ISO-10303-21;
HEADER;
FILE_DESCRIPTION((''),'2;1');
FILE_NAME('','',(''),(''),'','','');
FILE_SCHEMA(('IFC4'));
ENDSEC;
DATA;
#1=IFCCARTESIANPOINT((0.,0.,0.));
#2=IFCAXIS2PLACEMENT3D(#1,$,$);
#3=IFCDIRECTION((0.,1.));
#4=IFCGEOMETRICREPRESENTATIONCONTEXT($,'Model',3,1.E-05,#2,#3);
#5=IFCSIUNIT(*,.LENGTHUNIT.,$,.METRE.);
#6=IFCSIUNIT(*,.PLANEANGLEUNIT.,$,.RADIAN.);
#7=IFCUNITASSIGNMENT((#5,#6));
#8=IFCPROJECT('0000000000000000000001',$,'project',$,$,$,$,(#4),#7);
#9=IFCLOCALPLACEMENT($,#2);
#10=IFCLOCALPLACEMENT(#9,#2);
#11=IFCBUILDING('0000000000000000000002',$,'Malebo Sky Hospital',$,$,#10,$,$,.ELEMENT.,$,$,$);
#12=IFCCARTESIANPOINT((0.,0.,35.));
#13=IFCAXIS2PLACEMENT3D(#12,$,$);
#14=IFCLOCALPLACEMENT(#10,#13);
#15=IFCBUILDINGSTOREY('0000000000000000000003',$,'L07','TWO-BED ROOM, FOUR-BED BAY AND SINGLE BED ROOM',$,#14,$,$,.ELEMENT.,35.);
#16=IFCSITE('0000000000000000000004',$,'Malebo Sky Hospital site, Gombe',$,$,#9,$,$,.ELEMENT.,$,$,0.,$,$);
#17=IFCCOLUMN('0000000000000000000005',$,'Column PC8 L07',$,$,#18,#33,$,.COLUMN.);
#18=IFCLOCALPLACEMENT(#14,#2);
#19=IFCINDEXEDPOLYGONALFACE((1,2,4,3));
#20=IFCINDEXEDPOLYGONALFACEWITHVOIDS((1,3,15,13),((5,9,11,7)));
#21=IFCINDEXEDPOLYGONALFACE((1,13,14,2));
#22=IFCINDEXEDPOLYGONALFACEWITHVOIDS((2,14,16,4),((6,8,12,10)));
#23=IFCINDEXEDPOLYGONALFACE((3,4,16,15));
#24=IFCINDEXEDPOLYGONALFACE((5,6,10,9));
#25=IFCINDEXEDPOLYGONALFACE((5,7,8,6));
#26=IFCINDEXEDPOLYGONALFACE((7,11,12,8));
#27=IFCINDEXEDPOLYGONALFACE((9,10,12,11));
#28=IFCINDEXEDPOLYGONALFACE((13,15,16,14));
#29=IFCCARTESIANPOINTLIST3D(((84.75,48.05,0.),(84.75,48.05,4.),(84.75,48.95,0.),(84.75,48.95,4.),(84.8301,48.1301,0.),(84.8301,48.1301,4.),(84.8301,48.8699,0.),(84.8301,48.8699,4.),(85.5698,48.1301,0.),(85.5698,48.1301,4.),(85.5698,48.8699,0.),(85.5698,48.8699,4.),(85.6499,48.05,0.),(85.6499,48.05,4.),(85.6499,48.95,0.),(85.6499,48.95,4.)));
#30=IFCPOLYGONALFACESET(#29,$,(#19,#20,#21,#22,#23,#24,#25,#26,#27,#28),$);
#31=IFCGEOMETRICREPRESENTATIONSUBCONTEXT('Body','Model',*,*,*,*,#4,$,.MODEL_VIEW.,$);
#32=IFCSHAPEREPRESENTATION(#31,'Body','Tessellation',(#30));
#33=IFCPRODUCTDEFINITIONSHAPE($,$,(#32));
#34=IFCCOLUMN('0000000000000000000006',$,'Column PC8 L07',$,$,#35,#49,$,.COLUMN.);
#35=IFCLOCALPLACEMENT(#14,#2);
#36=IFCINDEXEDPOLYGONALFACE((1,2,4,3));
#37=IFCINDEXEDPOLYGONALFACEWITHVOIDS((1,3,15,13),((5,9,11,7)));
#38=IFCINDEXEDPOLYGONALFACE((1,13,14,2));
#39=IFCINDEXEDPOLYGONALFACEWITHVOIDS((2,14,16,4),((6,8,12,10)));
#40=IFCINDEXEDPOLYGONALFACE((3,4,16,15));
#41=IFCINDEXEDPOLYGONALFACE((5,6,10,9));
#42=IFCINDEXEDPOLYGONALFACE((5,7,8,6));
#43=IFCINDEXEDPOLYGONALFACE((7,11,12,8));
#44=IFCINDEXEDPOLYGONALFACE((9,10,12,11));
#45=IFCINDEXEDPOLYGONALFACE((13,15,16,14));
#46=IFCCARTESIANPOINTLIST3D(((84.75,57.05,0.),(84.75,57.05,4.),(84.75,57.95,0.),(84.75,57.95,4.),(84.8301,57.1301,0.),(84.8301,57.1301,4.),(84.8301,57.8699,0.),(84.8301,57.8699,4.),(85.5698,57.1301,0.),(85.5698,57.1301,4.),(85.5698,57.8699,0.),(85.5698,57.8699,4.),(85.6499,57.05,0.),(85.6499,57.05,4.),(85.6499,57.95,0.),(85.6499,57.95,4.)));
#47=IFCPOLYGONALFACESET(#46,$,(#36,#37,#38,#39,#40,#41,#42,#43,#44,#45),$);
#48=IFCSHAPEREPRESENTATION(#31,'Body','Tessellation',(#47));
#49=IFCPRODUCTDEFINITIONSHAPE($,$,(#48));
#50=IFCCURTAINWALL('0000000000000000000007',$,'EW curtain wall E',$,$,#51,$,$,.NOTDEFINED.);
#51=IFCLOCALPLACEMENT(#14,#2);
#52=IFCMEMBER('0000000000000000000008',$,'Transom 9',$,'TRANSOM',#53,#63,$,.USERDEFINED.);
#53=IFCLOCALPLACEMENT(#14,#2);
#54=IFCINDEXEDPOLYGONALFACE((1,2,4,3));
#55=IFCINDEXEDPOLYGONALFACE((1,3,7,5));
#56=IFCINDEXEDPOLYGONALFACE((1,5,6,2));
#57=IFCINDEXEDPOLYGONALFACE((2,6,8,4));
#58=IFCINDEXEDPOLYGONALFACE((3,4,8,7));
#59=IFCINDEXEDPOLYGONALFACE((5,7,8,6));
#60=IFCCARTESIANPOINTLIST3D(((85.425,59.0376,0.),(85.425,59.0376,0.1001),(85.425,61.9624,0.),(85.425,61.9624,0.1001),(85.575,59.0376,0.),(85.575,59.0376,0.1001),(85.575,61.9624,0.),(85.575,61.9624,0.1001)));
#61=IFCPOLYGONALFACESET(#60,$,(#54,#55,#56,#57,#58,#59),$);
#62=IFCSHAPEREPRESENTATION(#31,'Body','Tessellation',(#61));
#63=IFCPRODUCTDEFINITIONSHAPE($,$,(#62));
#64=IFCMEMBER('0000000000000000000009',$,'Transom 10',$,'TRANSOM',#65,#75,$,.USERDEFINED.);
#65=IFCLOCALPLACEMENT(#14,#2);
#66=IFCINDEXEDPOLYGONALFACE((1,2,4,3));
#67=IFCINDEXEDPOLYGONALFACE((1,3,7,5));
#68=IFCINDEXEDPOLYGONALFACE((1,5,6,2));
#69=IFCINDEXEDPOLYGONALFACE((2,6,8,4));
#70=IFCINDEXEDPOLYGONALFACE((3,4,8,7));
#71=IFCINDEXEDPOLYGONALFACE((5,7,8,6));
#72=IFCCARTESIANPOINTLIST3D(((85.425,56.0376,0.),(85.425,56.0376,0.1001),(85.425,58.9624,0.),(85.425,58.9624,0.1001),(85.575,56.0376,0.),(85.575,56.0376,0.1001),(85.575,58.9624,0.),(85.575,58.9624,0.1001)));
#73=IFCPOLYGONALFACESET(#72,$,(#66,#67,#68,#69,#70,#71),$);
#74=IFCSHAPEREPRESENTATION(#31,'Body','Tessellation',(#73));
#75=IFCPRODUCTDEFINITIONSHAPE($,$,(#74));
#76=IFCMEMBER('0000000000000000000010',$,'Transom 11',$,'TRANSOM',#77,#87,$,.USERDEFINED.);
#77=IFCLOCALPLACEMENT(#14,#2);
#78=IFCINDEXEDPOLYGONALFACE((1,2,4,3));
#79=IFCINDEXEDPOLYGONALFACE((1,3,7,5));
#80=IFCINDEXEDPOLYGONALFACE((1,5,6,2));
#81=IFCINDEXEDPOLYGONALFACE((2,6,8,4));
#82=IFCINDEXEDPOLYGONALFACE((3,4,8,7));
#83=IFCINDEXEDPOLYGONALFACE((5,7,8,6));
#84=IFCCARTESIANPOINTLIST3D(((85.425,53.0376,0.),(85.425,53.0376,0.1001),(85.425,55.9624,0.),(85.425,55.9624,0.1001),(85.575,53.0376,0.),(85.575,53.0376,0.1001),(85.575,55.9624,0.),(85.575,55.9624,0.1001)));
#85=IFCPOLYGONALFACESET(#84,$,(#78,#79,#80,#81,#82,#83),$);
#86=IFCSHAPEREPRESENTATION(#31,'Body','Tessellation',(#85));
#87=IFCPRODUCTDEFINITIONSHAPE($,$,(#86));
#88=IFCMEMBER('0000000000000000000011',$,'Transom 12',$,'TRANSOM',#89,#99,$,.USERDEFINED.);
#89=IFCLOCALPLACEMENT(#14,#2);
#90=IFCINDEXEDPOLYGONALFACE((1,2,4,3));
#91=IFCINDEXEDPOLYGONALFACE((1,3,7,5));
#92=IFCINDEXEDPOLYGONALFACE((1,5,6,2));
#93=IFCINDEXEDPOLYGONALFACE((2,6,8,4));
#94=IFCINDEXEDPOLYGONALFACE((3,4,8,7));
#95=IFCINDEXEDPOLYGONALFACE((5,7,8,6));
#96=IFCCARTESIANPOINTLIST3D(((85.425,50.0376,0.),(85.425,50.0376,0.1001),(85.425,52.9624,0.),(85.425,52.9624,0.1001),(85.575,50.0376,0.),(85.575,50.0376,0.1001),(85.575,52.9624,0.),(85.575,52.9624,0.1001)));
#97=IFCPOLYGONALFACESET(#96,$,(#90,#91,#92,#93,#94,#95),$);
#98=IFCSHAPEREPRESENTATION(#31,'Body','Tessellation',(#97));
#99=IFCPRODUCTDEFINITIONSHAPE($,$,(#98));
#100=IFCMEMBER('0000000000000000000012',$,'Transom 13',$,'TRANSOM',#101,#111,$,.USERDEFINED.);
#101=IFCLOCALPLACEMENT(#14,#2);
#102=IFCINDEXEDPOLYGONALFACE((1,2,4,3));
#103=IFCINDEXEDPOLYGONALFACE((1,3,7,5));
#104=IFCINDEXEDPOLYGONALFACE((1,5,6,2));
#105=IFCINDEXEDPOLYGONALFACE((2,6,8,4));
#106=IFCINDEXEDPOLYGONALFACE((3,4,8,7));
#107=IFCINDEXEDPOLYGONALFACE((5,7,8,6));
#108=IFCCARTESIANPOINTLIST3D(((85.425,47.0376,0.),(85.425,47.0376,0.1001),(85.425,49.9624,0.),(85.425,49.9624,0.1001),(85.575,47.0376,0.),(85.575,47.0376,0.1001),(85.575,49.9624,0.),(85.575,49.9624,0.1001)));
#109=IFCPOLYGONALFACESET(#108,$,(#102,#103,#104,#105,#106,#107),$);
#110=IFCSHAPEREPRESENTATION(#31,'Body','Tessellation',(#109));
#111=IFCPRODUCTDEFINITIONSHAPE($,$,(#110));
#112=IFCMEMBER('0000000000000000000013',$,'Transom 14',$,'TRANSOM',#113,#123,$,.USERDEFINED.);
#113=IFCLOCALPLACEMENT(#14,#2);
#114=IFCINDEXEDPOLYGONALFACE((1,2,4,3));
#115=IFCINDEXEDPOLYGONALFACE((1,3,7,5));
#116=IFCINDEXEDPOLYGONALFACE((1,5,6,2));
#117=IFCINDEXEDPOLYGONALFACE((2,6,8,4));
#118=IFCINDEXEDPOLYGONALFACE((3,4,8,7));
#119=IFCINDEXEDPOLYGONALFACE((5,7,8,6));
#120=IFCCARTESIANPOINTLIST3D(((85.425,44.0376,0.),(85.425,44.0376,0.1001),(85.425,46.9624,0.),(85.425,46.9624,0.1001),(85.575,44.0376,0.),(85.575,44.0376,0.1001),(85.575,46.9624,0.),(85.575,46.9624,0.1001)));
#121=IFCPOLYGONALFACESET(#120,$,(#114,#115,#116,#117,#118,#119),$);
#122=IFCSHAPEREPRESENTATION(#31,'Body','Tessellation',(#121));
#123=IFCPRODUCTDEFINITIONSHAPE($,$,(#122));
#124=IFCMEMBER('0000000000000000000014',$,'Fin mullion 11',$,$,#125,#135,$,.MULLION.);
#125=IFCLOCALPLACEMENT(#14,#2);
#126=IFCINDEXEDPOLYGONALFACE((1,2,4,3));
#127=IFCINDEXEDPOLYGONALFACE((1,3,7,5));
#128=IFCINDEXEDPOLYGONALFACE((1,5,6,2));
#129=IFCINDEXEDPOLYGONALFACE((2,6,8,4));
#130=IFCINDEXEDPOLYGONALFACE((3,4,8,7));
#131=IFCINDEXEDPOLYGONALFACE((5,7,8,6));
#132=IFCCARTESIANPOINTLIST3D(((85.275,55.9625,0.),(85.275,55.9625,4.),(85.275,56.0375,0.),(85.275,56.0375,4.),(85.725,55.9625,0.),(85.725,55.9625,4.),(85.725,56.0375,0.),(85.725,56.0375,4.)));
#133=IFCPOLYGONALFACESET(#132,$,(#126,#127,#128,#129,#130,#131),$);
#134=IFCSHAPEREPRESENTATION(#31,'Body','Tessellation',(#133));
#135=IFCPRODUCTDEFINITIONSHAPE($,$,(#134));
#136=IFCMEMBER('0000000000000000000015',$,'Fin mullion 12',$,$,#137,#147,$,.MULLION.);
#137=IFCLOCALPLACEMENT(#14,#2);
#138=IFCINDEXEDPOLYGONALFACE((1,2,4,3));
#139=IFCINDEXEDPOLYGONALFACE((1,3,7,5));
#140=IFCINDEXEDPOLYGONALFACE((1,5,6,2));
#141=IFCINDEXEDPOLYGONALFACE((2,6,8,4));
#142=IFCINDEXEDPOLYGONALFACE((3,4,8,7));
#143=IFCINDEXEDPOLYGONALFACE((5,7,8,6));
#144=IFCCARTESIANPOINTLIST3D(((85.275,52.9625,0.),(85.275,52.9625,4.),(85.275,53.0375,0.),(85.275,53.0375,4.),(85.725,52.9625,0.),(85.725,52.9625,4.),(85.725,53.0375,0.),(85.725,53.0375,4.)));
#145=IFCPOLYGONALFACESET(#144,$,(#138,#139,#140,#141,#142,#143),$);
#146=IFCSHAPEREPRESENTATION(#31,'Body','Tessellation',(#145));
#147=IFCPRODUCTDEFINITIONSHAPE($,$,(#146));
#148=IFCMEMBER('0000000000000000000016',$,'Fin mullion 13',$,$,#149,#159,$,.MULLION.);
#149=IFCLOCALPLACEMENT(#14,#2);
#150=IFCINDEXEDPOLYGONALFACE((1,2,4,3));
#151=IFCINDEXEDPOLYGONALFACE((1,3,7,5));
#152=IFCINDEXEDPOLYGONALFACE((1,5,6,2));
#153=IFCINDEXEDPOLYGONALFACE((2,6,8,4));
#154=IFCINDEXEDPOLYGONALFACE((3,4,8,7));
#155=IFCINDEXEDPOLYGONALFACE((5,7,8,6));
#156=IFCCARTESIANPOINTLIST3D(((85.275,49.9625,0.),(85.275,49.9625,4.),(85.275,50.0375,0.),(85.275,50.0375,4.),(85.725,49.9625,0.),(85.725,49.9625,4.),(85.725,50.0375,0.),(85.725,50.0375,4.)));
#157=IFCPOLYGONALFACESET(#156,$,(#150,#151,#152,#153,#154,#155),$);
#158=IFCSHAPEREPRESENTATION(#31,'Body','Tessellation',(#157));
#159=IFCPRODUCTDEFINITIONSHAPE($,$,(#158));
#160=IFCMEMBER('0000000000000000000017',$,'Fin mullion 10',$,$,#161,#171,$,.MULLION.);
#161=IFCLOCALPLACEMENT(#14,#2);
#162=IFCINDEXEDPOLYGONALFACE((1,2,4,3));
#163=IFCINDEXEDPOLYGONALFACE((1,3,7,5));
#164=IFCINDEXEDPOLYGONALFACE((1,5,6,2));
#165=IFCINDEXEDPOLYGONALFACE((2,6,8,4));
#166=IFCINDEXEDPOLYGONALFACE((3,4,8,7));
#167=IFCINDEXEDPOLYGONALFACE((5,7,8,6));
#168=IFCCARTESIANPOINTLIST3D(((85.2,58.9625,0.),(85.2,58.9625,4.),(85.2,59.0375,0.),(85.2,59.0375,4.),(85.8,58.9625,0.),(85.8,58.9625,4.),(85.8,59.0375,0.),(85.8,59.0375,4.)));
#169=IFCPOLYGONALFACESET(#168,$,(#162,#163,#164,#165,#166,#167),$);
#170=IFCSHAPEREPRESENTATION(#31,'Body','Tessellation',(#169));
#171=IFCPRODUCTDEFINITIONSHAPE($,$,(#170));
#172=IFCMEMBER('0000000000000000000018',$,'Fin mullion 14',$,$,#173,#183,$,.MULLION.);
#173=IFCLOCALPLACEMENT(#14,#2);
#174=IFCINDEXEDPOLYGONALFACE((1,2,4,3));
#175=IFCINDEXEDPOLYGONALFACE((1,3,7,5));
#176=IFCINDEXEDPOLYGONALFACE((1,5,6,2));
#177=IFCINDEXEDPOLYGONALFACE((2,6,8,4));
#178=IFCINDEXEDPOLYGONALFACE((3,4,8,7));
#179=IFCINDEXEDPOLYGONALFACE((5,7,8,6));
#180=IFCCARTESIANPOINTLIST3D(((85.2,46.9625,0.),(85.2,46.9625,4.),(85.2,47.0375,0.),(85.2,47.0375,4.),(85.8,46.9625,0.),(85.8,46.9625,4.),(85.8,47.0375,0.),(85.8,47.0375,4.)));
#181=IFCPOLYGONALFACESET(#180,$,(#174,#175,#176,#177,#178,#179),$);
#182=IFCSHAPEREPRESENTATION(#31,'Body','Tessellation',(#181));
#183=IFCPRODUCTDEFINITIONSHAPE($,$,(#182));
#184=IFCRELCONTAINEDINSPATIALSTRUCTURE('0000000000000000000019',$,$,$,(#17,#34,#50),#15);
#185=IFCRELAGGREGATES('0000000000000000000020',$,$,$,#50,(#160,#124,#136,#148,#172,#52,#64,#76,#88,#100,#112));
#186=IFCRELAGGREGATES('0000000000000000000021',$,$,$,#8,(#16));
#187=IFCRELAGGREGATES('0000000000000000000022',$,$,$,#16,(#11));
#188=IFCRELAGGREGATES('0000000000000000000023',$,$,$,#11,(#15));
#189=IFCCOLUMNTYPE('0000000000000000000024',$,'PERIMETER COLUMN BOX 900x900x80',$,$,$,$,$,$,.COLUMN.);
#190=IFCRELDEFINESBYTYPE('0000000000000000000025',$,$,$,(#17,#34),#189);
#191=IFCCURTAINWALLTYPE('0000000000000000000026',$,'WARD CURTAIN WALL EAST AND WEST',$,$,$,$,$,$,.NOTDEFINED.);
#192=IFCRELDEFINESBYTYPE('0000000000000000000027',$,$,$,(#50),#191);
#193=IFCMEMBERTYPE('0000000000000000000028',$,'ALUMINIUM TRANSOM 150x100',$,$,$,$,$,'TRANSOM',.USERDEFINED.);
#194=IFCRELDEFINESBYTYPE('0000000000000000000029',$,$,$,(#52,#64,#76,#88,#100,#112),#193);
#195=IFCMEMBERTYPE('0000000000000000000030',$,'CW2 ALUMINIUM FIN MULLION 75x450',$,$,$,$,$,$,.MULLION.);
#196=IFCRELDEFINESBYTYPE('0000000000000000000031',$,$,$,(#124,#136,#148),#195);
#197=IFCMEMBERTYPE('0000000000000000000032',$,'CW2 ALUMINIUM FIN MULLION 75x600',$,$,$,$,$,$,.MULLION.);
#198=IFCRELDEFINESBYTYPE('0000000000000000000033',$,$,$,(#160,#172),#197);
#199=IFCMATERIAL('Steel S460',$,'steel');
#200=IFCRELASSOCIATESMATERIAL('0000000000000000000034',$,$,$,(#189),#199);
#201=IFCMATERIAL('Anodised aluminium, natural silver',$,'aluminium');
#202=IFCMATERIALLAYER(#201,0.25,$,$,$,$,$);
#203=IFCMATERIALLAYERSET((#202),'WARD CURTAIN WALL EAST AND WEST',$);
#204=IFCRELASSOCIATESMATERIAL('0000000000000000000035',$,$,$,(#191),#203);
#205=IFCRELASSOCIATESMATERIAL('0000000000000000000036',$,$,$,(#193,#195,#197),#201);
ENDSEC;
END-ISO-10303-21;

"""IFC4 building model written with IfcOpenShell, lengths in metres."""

from ifc_helpers import new_model, si_unit, direction, frame, origin, origin_2d, place, context, subcontext, project, spatial, rectangle, hollow_rectangle, extrude, material, layer, layer_set, material_profile, profile_set, type_object, element, aggregate, save


model = new_model("IFC4")

# Units and contexts
model_context = context("Model", 3, precision=1e-05, world=origin(), true_north=direction((0.0, 1.0)))
body_context = subcontext(model_context, "Body", "Model", "MODEL_VIEW")
ifc_project = project(units=[si_unit("LENGTHUNIT", "METRE"), si_unit("PLANEANGLEUNIT", "RADIAN")], contexts=[model_context])

# Site, building, storey
site_placement = place(None, origin())
site = spatial("IfcSite", under=ifc_project, at=site_placement, Name="Malebo Sky Hospital site, Gombe", CompositionType="ELEMENT", RefElevation=0.0)
building_placement = place(site_placement, origin())
building = spatial("IfcBuilding", under=site, at=building_placement, Name="Malebo Sky Hospital", CompositionType="ELEMENT")
storey_placement = place(building_placement, frame((0.0, 0.0, 35.0)))
storey = spatial("IfcBuildingStorey", under=building, at=storey_placement, Name="L07", Description="TWO-BED ROOM, FOUR-BED BAY AND SINGLE BED ROOM", CompositionType="ELEMENT", Elevation=35.0)

# Columns
ifc_material_1 = material(Name="Steel S460", Category="steel")
ifc_material_profile_1 = material_profile(ifc_material_1, hollow_rectangle(XDim=0.8999, YDim=0.8999, WallThickness=0.0801, at=origin_2d()), Name="BOX 900x900x80")
ifc_profile_set_1 = profile_set([ifc_material_profile_1], Name="Steel S460")
column_type = type_object("IfcColumnType", Name="PERIMETER COLUMN BOX 900x900x80", PredefinedType="COLUMN", material=ifc_profile_set_1)
for number, where, z_axis, x_axis, name in (
    (1, (85.2, 48.5, 0.0), (0.0, 0.0, 1.0), (1.0, 0.0, 0.0), "Column PC8 L07"),
    (2, (85.2, 57.5, 0.0), (0.0, 0.0, 1.0), (1.0, 0.0, 0.0), "Column PC8 L07"),
):
    element("IfcColumn", number, at=place(storey_placement, frame(where, z_axis=z_axis, x_axis=x_axis)), inside=storey, type_object=column_type, Name=name, PredefinedType="COLUMN", context=body_context, shape_type="SweptSolid", body=[
        extrude(hollow_rectangle(XDim=0.8999, YDim=0.8999, WallThickness=0.0801, at=origin_2d()), origin(), (0.0, 0.0, 1.0), 4.0),
    ])

# Curtain wall, members
ifc_material_2 = material(Name="Anodised aluminium, natural silver", Category="aluminium")
ifc_layer_1 = layer(ifc_material_2, 0.25)
ifc_layer_set_1 = layer_set([ifc_layer_1], Name="WARD CURTAIN WALL EAST AND WEST")
curtain_wall_type = type_object("IfcCurtainWallType", Name="WARD CURTAIN WALL EAST AND WEST", PredefinedType="NOTDEFINED", material=ifc_layer_set_1)
curtain_wall_placement = place(storey_placement, origin())
curtain_wall = element("IfcCurtainWall", 3, at=curtain_wall_placement, inside=storey, type_object=curtain_wall_type, Name="EW curtain wall E", PredefinedType="NOTDEFINED")
ifc_material_profile_2 = material_profile(ifc_material_2, rectangle(XDim=0.1499, YDim=0.1001, at=origin_2d()), Name="ALUMINIUM TRANSOM 150x100")
ifc_profile_set_2 = profile_set([ifc_material_profile_2], Name="Anodised aluminium, natural silver")
member_type_1 = type_object("IfcMemberType", Name="ALUMINIUM TRANSOM 150x100", ElementType="TRANSOM", PredefinedType="USERDEFINED", material=ifc_profile_set_2)
member_1_placement = place(storey_placement, frame((85.5, 61.9624, 0.05), z_axis=(0.0, -1.0, 0.0), x_axis=(1.0, 0.0, 0.0)))
member_1 = element("IfcMember", 4, at=member_1_placement, type_object=member_type_1, Name="Transom 9", ObjectType="TRANSOM", PredefinedType="USERDEFINED", context=body_context, shape_type="SweptSolid", body=[
    extrude(rectangle(XDim=0.1499, YDim=0.1001, at=origin_2d()), origin(), (0.0, 0.0, 1.0), 2.9248),
])
member_2_placement = place(storey_placement, frame((85.5, 58.9624, 0.05), z_axis=(0.0, -1.0, 0.0), x_axis=(1.0, 0.0, 0.0)))
member_2 = element("IfcMember", 5, at=member_2_placement, type_object=member_type_1, Name="Transom 10", ObjectType="TRANSOM", PredefinedType="USERDEFINED", context=body_context, shape_type="SweptSolid", body=[
    extrude(rectangle(XDim=0.1499, YDim=0.1001, at=origin_2d()), origin(), (0.0, 0.0, 1.0), 2.9248),
])
member_3_placement = place(storey_placement, frame((85.5, 55.9624, 0.05), z_axis=(0.0, -1.0, 0.0), x_axis=(1.0, 0.0, 0.0)))
member_3 = element("IfcMember", 6, at=member_3_placement, type_object=member_type_1, Name="Transom 11", ObjectType="TRANSOM", PredefinedType="USERDEFINED", context=body_context, shape_type="SweptSolid", body=[
    extrude(rectangle(XDim=0.1499, YDim=0.1001, at=origin_2d()), origin(), (0.0, 0.0, 1.0), 2.9248),
])
member_4_placement = place(storey_placement, frame((85.5, 52.9624, 0.05), z_axis=(0.0, -1.0, 0.0), x_axis=(1.0, 0.0, 0.0)))
member_4 = element("IfcMember", 7, at=member_4_placement, type_object=member_type_1, Name="Transom 12", ObjectType="TRANSOM", PredefinedType="USERDEFINED", context=body_context, shape_type="SweptSolid", body=[
    extrude(rectangle(XDim=0.1499, YDim=0.1001, at=origin_2d()), origin(), (0.0, 0.0, 1.0), 2.9248),
])
member_5_placement = place(storey_placement, frame((85.5, 49.9624, 0.05), z_axis=(0.0, -1.0, 0.0), x_axis=(1.0, 0.0, 0.0)))
member_5 = element("IfcMember", 8, at=member_5_placement, type_object=member_type_1, Name="Transom 13", ObjectType="TRANSOM", PredefinedType="USERDEFINED", context=body_context, shape_type="SweptSolid", body=[
    extrude(rectangle(XDim=0.1499, YDim=0.1001, at=origin_2d()), origin(), (0.0, 0.0, 1.0), 2.9248),
])
member_6_placement = place(storey_placement, frame((85.5, 46.9624, 0.05), z_axis=(0.0, -1.0, 0.0), x_axis=(1.0, 0.0, 0.0)))
member_6 = element("IfcMember", 9, at=member_6_placement, type_object=member_type_1, Name="Transom 14", ObjectType="TRANSOM", PredefinedType="USERDEFINED", context=body_context, shape_type="SweptSolid", body=[
    extrude(rectangle(XDim=0.1499, YDim=0.1001, at=origin_2d()), origin(), (0.0, 0.0, 1.0), 2.9248),
])
ifc_material_profile_3 = material_profile(ifc_material_2, rectangle(XDim=0.075, YDim=0.45, at=origin_2d()), Name="CW2 ALUMINIUM FIN MULLION 75x450")
ifc_profile_set_3 = profile_set([ifc_material_profile_3], Name="Anodised aluminium, natural silver")
member_type_2 = type_object("IfcMemberType", Name="CW2 ALUMINIUM FIN MULLION 75x450", PredefinedType="MULLION", material=ifc_profile_set_3)
member_7_placement = place(storey_placement, frame((85.5, 56.0, 0.0), z_axis=(0.0, 0.0, 1.0), x_axis=(0.0, -1.0, 0.0)))
member_7 = element("IfcMember", 10, at=member_7_placement, type_object=member_type_2, Name="Fin mullion 11", PredefinedType="MULLION", context=body_context, shape_type="SweptSolid", body=[
    extrude(rectangle(XDim=0.075, YDim=0.45, at=origin_2d()), origin(), (0.0, 0.0, 1.0), 4.0),
])
member_8_placement = place(storey_placement, frame((85.5, 53.0, 0.0), z_axis=(0.0, 0.0, 1.0), x_axis=(0.0, -1.0, 0.0)))
member_8 = element("IfcMember", 11, at=member_8_placement, type_object=member_type_2, Name="Fin mullion 12", PredefinedType="MULLION", context=body_context, shape_type="SweptSolid", body=[
    extrude(rectangle(XDim=0.075, YDim=0.45, at=origin_2d()), origin(), (0.0, 0.0, 1.0), 4.0),
])
member_9_placement = place(storey_placement, frame((85.5, 50.0, 0.0), z_axis=(0.0, 0.0, 1.0), x_axis=(0.0, -1.0, 0.0)))
member_9 = element("IfcMember", 12, at=member_9_placement, type_object=member_type_2, Name="Fin mullion 13", PredefinedType="MULLION", context=body_context, shape_type="SweptSolid", body=[
    extrude(rectangle(XDim=0.075, YDim=0.45, at=origin_2d()), origin(), (0.0, 0.0, 1.0), 4.0),
])
ifc_material_profile_4 = material_profile(ifc_material_2, rectangle(XDim=0.075, YDim=0.6001, at=origin_2d()), Name="CW2 ALUMINIUM FIN MULLION 75x600")
ifc_profile_set_4 = profile_set([ifc_material_profile_4], Name="Anodised aluminium, natural silver")
member_type_3 = type_object("IfcMemberType", Name="CW2 ALUMINIUM FIN MULLION 75x600", PredefinedType="MULLION", material=ifc_profile_set_4)
member_10_placement = place(storey_placement, frame((85.5, 59.0, 0.0), z_axis=(0.0, 0.0, 1.0), x_axis=(0.0, -1.0, 0.0)))
member_10 = element("IfcMember", 13, at=member_10_placement, type_object=member_type_3, Name="Fin mullion 10", PredefinedType="MULLION", context=body_context, shape_type="SweptSolid", body=[
    extrude(rectangle(XDim=0.075, YDim=0.6001, at=origin_2d()), origin(), (0.0, 0.0, 1.0), 4.0),
])
member_11_placement = place(storey_placement, frame((85.5, 47.0, 0.0), z_axis=(0.0, 0.0, 1.0), x_axis=(0.0, -1.0, 0.0)))
member_11 = element("IfcMember", 14, at=member_11_placement, type_object=member_type_3, Name="Fin mullion 14", PredefinedType="MULLION", context=body_context, shape_type="SweptSolid", body=[
    extrude(rectangle(XDim=0.075, YDim=0.6001, at=origin_2d()), origin(), (0.0, 0.0, 1.0), 4.0),
])

aggregate(curtain_wall, [member_10, member_7, member_8, member_9, member_11, member_1, member_2, member_3, member_4, member_5, member_6])

save(model, "model.ifc")
